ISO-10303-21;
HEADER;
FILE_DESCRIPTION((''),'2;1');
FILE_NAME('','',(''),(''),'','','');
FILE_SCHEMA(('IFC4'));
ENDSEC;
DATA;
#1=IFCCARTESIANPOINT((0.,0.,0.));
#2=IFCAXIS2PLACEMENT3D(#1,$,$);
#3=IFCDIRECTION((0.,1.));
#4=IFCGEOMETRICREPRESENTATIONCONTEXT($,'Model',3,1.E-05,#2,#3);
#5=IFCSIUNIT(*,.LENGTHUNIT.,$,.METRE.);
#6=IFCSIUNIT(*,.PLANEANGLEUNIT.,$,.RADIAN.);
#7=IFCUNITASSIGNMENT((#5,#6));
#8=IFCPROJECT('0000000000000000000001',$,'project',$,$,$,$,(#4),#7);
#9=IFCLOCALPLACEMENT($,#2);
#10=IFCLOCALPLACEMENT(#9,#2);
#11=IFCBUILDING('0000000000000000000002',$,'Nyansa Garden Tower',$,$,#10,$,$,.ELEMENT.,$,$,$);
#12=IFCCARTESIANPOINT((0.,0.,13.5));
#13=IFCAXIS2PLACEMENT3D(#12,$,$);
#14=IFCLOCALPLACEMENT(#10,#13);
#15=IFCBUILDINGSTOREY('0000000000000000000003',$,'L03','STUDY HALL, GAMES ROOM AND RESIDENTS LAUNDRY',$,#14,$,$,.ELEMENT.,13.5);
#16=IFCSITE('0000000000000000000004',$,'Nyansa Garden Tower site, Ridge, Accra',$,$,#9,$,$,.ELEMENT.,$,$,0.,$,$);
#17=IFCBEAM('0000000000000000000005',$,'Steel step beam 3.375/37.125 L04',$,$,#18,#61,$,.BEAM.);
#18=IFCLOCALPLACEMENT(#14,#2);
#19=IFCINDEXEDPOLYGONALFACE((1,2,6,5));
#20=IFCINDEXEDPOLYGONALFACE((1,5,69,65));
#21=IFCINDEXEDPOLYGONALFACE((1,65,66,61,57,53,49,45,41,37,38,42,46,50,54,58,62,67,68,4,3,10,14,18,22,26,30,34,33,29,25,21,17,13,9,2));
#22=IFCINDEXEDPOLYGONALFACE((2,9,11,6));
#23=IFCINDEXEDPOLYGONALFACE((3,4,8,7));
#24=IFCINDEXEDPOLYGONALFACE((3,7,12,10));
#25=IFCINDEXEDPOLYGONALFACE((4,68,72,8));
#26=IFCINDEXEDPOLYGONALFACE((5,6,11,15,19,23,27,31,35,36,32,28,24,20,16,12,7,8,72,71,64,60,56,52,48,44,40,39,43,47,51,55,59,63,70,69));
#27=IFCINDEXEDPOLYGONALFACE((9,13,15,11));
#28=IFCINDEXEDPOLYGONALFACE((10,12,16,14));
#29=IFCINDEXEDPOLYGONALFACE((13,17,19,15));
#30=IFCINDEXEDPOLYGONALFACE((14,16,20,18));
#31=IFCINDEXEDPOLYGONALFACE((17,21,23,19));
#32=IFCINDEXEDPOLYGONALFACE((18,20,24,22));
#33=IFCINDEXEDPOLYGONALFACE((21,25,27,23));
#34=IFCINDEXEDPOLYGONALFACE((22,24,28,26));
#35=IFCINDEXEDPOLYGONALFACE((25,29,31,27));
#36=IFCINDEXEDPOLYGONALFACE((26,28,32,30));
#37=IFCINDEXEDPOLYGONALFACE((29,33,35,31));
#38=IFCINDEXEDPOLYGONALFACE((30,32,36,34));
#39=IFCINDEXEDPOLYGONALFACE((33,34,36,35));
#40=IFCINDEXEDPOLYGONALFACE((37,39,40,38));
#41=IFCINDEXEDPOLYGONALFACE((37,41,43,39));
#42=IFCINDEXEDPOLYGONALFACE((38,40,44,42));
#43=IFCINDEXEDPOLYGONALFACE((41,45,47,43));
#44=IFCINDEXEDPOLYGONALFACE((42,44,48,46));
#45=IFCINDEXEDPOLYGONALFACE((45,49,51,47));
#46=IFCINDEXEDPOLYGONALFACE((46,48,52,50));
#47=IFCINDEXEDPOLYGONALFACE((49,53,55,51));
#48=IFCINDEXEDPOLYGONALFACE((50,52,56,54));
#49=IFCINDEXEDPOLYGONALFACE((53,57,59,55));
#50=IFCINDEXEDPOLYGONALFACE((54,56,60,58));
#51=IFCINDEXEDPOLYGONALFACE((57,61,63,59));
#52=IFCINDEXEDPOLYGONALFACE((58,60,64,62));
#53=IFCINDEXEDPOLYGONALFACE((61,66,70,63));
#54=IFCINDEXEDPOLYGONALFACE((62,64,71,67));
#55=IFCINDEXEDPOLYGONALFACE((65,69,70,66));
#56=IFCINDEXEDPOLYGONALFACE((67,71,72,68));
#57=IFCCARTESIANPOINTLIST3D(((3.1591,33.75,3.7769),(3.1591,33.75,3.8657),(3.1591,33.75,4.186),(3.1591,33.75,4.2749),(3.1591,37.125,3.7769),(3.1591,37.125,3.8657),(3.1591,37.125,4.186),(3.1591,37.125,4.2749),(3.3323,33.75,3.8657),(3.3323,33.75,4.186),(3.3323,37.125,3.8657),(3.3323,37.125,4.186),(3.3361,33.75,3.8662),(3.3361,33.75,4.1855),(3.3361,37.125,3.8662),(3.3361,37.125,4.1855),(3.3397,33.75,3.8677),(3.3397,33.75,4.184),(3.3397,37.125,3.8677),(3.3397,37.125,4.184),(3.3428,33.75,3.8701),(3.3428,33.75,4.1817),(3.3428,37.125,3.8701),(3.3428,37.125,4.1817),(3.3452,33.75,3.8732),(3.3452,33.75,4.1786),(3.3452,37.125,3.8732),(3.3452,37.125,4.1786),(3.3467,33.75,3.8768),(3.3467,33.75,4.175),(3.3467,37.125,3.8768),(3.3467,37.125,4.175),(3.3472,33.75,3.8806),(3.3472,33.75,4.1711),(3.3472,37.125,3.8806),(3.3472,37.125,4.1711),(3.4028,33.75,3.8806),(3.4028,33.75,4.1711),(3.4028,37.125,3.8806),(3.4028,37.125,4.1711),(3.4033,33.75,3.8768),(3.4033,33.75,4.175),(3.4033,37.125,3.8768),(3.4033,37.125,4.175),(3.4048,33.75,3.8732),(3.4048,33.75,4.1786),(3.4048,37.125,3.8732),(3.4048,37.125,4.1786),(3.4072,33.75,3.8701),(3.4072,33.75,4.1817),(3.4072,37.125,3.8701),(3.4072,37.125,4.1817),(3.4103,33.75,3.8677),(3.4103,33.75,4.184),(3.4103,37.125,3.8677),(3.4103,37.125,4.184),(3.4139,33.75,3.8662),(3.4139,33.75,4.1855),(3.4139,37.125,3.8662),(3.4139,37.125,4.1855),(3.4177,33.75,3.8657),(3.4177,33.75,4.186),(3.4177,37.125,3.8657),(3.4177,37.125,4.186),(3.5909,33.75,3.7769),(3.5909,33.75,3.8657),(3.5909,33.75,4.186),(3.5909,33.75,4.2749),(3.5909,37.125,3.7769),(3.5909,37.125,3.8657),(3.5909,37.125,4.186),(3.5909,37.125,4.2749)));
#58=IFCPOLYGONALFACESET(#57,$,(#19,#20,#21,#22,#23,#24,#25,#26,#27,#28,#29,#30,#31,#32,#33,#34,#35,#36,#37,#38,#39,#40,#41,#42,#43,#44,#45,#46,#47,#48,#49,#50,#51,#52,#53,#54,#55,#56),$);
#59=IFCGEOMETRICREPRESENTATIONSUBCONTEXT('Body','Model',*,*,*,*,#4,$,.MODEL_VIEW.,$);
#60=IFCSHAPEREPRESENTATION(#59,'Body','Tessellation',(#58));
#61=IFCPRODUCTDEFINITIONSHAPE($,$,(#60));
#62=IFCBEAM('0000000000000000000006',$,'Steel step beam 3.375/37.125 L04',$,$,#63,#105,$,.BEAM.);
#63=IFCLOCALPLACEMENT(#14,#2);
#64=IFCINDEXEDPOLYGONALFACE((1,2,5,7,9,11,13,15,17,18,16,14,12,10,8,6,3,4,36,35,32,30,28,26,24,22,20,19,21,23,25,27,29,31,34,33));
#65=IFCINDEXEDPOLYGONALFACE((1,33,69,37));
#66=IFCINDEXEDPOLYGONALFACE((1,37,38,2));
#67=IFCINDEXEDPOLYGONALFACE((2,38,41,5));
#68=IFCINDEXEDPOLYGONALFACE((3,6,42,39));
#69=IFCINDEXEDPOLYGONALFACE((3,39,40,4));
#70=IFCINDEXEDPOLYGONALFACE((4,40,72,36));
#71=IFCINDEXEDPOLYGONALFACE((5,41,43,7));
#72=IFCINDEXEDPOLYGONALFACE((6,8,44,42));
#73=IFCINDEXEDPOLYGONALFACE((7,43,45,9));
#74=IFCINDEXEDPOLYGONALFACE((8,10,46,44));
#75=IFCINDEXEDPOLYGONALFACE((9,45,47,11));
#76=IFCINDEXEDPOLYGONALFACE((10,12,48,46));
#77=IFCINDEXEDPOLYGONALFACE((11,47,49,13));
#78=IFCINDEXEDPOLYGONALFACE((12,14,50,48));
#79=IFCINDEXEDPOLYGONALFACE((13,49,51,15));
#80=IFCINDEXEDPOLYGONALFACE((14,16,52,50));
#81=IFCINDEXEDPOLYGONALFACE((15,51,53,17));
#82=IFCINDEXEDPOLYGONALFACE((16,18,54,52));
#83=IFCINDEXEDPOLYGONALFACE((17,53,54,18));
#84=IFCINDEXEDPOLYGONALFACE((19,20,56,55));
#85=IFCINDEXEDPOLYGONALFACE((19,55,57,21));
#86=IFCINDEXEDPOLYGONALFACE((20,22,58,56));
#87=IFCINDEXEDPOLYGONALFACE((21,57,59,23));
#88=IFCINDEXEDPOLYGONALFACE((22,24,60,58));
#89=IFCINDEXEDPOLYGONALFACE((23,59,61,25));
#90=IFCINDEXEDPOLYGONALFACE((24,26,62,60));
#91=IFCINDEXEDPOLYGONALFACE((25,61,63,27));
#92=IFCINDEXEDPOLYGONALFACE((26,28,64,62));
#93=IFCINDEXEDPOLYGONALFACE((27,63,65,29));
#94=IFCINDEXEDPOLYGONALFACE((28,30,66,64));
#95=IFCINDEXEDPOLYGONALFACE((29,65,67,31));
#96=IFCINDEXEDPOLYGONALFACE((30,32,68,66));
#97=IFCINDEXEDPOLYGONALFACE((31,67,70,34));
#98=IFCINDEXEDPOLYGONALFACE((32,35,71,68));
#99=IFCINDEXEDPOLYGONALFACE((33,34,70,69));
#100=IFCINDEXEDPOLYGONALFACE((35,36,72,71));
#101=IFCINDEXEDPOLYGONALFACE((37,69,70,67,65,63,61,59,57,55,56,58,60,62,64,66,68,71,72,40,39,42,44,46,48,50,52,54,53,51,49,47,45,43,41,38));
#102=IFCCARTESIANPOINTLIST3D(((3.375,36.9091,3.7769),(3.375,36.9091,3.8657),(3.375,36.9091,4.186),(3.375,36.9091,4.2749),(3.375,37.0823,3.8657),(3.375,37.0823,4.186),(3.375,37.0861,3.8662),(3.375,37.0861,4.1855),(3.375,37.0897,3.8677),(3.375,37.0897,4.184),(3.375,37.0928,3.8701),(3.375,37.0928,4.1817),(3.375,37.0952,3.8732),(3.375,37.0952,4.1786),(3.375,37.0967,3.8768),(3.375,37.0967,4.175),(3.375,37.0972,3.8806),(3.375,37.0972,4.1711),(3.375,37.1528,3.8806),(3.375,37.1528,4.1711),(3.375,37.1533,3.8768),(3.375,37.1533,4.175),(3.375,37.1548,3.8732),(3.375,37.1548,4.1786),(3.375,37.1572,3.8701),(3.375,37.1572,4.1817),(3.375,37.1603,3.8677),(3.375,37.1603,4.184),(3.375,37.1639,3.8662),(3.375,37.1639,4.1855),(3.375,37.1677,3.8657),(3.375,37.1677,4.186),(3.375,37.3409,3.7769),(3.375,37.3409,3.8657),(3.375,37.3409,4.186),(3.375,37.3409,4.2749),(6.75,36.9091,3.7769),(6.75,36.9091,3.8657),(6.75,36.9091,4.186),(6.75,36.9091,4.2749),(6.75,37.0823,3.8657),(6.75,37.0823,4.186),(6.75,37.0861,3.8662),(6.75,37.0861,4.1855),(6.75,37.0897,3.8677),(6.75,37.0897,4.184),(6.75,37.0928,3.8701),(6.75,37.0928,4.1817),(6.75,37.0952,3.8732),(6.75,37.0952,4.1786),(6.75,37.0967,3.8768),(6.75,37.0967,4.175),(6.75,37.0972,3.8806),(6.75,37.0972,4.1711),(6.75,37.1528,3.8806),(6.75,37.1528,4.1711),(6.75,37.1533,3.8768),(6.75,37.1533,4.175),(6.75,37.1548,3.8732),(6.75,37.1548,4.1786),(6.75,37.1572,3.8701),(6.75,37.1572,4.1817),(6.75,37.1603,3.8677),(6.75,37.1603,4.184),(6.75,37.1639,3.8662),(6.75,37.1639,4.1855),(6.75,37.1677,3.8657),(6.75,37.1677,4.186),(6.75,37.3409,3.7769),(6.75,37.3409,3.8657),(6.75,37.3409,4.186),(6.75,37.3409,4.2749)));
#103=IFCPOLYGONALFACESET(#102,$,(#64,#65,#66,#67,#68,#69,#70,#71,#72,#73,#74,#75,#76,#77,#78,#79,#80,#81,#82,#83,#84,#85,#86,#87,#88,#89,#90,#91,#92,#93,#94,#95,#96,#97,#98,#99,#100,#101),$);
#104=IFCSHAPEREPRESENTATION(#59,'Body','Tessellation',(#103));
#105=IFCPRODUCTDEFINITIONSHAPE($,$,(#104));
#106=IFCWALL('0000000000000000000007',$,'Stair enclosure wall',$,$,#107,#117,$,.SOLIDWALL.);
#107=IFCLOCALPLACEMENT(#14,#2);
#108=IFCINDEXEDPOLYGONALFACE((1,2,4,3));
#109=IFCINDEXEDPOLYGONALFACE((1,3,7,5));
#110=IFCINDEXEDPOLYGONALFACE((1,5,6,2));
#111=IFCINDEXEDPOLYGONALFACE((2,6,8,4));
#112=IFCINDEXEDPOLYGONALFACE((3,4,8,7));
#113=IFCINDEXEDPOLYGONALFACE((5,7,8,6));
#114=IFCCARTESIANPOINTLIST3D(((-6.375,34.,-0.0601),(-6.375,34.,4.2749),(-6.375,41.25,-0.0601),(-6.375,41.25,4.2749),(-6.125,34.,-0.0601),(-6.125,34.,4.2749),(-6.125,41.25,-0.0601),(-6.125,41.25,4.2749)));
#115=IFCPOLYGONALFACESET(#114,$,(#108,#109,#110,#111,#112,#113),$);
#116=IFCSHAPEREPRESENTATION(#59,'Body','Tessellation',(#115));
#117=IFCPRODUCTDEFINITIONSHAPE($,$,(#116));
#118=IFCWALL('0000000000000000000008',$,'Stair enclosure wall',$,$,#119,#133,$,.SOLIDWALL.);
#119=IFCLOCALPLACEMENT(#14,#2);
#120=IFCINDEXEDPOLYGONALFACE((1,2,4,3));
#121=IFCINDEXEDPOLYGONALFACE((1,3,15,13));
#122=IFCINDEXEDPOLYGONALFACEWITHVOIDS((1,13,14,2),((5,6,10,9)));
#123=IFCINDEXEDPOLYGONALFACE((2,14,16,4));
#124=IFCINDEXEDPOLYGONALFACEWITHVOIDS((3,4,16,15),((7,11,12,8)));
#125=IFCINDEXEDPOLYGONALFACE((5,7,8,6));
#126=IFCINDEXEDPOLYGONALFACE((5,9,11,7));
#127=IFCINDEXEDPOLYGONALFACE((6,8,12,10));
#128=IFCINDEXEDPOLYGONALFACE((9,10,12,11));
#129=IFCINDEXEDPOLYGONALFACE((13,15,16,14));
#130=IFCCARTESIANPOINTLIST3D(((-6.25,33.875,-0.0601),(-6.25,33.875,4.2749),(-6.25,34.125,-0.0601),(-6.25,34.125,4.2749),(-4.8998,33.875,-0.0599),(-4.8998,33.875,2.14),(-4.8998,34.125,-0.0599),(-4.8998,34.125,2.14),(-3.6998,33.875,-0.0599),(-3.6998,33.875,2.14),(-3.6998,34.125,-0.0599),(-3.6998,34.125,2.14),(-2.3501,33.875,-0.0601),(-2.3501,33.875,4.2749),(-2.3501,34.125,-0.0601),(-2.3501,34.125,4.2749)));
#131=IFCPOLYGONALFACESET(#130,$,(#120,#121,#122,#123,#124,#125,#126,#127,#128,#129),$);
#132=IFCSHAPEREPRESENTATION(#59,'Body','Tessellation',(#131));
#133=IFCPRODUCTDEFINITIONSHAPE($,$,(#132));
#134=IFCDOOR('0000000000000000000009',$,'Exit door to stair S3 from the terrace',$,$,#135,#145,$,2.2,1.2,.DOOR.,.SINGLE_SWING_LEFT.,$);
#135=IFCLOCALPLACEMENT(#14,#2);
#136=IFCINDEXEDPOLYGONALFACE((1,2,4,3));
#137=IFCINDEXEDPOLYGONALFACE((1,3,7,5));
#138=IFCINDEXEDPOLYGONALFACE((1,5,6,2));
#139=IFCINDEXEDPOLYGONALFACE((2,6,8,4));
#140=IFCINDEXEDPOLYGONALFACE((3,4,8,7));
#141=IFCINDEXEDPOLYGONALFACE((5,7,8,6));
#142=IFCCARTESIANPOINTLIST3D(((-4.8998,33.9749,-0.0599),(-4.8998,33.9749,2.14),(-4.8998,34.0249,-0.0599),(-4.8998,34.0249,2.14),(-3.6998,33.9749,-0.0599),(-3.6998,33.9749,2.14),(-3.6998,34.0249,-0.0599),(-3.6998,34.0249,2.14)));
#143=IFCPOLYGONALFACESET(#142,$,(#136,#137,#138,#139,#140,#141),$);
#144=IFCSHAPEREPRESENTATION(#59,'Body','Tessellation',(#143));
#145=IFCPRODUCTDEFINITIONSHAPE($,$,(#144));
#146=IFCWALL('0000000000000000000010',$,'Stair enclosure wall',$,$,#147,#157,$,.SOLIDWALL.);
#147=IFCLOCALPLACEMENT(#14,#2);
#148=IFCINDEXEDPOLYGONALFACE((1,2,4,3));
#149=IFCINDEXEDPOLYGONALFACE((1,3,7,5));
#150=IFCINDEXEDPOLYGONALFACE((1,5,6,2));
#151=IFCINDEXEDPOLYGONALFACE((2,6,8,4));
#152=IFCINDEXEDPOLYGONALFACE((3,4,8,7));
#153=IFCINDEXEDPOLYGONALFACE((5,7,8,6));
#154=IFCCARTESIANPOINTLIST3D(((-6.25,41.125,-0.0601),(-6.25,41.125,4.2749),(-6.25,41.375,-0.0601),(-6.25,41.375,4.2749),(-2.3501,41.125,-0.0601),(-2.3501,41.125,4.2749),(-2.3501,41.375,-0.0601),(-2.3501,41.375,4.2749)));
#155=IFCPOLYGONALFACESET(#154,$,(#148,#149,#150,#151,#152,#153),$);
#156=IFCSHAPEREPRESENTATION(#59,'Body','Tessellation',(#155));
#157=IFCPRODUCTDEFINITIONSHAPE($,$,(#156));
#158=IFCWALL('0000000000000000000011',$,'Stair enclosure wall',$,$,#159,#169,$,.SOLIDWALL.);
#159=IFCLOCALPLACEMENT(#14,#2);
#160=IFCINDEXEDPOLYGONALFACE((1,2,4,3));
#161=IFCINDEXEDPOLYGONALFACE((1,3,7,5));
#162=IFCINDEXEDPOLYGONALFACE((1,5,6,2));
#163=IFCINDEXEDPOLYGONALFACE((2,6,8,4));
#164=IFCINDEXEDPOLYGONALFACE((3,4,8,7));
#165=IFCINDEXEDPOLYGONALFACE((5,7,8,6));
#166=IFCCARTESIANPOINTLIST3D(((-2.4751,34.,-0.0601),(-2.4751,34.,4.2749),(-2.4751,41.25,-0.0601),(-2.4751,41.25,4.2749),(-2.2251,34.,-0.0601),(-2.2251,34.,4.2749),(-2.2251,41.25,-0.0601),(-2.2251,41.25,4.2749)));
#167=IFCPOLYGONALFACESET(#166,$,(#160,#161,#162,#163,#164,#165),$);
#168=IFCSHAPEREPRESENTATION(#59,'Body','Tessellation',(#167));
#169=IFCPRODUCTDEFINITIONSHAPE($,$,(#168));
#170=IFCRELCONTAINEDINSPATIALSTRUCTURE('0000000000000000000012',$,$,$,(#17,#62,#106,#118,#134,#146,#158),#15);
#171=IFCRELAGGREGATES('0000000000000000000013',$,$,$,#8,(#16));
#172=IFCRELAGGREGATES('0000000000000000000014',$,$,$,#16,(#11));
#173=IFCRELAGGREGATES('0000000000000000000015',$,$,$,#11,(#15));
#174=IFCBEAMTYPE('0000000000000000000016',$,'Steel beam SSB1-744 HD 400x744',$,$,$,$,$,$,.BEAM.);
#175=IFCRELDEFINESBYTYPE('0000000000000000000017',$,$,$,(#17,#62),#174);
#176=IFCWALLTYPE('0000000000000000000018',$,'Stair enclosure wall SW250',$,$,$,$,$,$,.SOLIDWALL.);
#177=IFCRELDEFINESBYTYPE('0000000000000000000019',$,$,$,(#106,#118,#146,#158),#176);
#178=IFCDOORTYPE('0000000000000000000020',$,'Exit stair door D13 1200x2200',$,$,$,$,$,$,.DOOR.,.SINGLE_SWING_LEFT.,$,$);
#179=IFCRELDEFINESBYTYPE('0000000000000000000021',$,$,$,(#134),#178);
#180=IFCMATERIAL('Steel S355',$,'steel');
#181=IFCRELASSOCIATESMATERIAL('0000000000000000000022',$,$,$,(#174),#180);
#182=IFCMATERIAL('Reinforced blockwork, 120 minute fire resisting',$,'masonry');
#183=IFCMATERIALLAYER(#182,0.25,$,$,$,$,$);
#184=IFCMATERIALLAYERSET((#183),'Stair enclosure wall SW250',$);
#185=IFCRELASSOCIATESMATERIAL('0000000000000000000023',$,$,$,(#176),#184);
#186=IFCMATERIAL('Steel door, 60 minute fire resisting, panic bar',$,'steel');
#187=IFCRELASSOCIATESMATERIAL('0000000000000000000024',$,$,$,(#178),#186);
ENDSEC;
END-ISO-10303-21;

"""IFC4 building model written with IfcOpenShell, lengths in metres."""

from ifc_helpers import new_model, si_unit, direction, frame, frame_2d, origin, origin_2d, place, context, subcontext, project, spatial, rectangle, i_section, extrude, material, layer, layer_set, material_profile, profile_set, type_object, element, fill, save


model = new_model("IFC4")

# Units and contexts
model_context = context("Model", 3, precision=1e-05, world=origin(), true_north=direction((0.0, 1.0)))
body_context = subcontext(model_context, "Body", "Model", "MODEL_VIEW")
ifc_project = project(units=[si_unit("LENGTHUNIT", "METRE"), si_unit("PLANEANGLEUNIT", "RADIAN")], contexts=[model_context])

# Site, building, storey
site_placement = place(None, origin())
site = spatial("IfcSite", under=ifc_project, at=site_placement, Name="Nyansa Garden Tower site, Ridge, Accra", CompositionType="ELEMENT", RefElevation=0.0)
building_placement = place(site_placement, origin())
building = spatial("IfcBuilding", under=site, at=building_placement, Name="Nyansa Garden Tower", CompositionType="ELEMENT")
storey_placement = place(building_placement, frame((0.0, 0.0, 13.5)))
storey = spatial("IfcBuildingStorey", under=building, at=storey_placement, Name="L03", Description="STUDY HALL, GAMES ROOM AND RESIDENTS LAUNDRY", CompositionType="ELEMENT", Elevation=13.5)

# Beams
ifc_material_1 = material(Name="Steel S355", Category="steel")
ifc_material_profile_1 = material_profile(ifc_material_1, i_section(OverallWidth=0.4319, OverallDepth=0.498, WebThickness=0.0557, FlangeThickness=0.0889, FilletRadius=0.0149, at=origin_2d()), Name="HD 400x744")
ifc_profile_set_1 = profile_set([ifc_material_profile_1], Name="Steel S355")
beam_type_1 = type_object("IfcBeamType", Name="Steel beam SSB1-744 HD 400x744", PredefinedType="BEAM", material=ifc_profile_set_1)
for number, where, z_axis, x_axis, name in (
    (1, (3.375, 37.125, 4.0259), (0.0, -1.0, 0.0), (1.0, 0.0, 0.0), "Steel step beam 3.375/37.125 L04"),
    (2, (3.375, 37.125, 4.0259), (1.0, 0.0, 0.0), (0.0, 1.0, 0.0), "Steel step beam 3.375/37.125 L04"),
):
    element("IfcBeam", number, at=place(storey_placement, frame(where, z_axis=z_axis, x_axis=x_axis)), inside=storey, type_object=beam_type_1, Name=name, PredefinedType="BEAM", context=body_context, shape_type="SweptSolid", body=[
        extrude(i_section(OverallWidth=0.4319, OverallDepth=0.498, WebThickness=0.0557, FlangeThickness=0.0889, FilletRadius=0.0149, at=origin_2d()), origin(), (0.0, 0.0, 1.0), 3.375),
    ])

# Wall
ifc_material_2 = material(Name="Reinforced blockwork, 120 minute fire resisting", Category="masonry")
ifc_layer_1 = layer(ifc_material_2, 0.25)
ifc_layer_set_1 = layer_set([ifc_layer_1], Name="Stair enclosure wall SW250")
wall_type_1 = type_object("IfcWallType", Name="Stair enclosure wall SW250", PredefinedType="SOLIDWALL", material=ifc_layer_set_1)
wall_1_placement = place(storey_placement, frame((-6.25, 34.0, -0.0601), z_axis=(0.0, 0.0, 1.0), x_axis=(0.0, 1.0, 0.0)))
element("IfcWall", 3, at=wall_1_placement, inside=storey, type_object=wall_type_1, Name="Stair enclosure wall", PredefinedType="SOLIDWALL", context=body_context, shape_type="SweptSolid", body=[
    extrude(rectangle(XDim=7.25, YDim=0.25, at=frame_2d((3.625, 0.0))), origin(), (0.0, 0.0, 1.0), 4.335),
])

# Wall, opening, door
wall_2_placement = place(storey_placement, frame((-6.25, 34.0, -0.0601), z_axis=(0.0, 0.0, 1.0), x_axis=(1.0, 0.0, 0.0)))
wall_2 = element("IfcWall", 4, at=wall_2_placement, inside=storey, type_object=wall_type_1, Name="Stair enclosure wall", PredefinedType="SOLIDWALL", context=body_context, shape_type="SweptSolid", body=[
    extrude(rectangle(XDim=3.8999, YDim=0.25, at=frame_2d((1.95, 0.0))), origin(), (0.0, 0.0, 1.0), 4.335),
])
opening_1_placement = place(wall_2_placement, frame((1.3501, 0.0, 0.0)))
opening_1 = element("IfcOpeningElement", 5, at=opening_1_placement, cuts=wall_2, PredefinedType="OPENING", context=body_context, shape_type="SweptSolid", body=[
    extrude(rectangle(XDim=1.2, YDim=2.2, at=frame_2d((0.6001, 1.1001))), frame((0.0, 0.135, 0.0), z_axis=(0.0, -1.0, 0.0), x_axis=(1.0, 0.0, 0.0)), (0.0, 0.0, 1.0), 0.27),
])
ifc_material_3 = material(Name="Steel door, 60 minute fire resisting, panic bar", Category="steel")
door_type = type_object("IfcDoorType", Name="Exit stair door D13 1200x2200", OperationType="SINGLE_SWING_LEFT", PredefinedType="DOOR", material=ifc_material_3)
door_placement = place(opening_1_placement, origin())
door = element("IfcDoor", 6, at=door_placement, inside=storey, type_object=door_type, Name="Exit door to stair S3 from the terrace", OperationType="SINGLE_SWING_LEFT", OverallHeight=2.2, OverallWidth=1.2, PredefinedType="DOOR", context=body_context, shape_type="SweptSolid", body=[
    extrude(rectangle(XDim=1.2, YDim=2.2, at=frame_2d((0.6001, 1.1001))), frame((0.0, 0.0249, 0.0), z_axis=(0.0, -1.0, 0.0), x_axis=(1.0, 0.0, 0.0)), (0.0, 0.0, 1.0), 0.05),
])
fill(opening_1, door)

# Walls
wall_3_placement = place(storey_placement, frame((-6.25, 41.25, -0.0601), z_axis=(0.0, 0.0, 1.0), x_axis=(1.0, 0.0, 0.0)))
element("IfcWall", 7, at=wall_3_placement, inside=storey, type_object=wall_type_1, Name="Stair enclosure wall", PredefinedType="SOLIDWALL", context=body_context, shape_type="SweptSolid", body=[
    extrude(rectangle(XDim=3.8999, YDim=0.25, at=frame_2d((1.95, 0.0))), origin(), (0.0, 0.0, 1.0), 4.335),
])
wall_4_placement = place(storey_placement, frame((-2.3501, 34.0, -0.0601), z_axis=(0.0, 0.0, 1.0), x_axis=(0.0, 1.0, 0.0)))
element("IfcWall", 8, at=wall_4_placement, inside=storey, type_object=wall_type_1, Name="Stair enclosure wall", PredefinedType="SOLIDWALL", context=body_context, shape_type="SweptSolid", body=[
    extrude(rectangle(XDim=7.25, YDim=0.25, at=frame_2d((3.625, 0.0))), origin(), (0.0, 0.0, 1.0), 4.335),
])

save(model, "model.ifc")
